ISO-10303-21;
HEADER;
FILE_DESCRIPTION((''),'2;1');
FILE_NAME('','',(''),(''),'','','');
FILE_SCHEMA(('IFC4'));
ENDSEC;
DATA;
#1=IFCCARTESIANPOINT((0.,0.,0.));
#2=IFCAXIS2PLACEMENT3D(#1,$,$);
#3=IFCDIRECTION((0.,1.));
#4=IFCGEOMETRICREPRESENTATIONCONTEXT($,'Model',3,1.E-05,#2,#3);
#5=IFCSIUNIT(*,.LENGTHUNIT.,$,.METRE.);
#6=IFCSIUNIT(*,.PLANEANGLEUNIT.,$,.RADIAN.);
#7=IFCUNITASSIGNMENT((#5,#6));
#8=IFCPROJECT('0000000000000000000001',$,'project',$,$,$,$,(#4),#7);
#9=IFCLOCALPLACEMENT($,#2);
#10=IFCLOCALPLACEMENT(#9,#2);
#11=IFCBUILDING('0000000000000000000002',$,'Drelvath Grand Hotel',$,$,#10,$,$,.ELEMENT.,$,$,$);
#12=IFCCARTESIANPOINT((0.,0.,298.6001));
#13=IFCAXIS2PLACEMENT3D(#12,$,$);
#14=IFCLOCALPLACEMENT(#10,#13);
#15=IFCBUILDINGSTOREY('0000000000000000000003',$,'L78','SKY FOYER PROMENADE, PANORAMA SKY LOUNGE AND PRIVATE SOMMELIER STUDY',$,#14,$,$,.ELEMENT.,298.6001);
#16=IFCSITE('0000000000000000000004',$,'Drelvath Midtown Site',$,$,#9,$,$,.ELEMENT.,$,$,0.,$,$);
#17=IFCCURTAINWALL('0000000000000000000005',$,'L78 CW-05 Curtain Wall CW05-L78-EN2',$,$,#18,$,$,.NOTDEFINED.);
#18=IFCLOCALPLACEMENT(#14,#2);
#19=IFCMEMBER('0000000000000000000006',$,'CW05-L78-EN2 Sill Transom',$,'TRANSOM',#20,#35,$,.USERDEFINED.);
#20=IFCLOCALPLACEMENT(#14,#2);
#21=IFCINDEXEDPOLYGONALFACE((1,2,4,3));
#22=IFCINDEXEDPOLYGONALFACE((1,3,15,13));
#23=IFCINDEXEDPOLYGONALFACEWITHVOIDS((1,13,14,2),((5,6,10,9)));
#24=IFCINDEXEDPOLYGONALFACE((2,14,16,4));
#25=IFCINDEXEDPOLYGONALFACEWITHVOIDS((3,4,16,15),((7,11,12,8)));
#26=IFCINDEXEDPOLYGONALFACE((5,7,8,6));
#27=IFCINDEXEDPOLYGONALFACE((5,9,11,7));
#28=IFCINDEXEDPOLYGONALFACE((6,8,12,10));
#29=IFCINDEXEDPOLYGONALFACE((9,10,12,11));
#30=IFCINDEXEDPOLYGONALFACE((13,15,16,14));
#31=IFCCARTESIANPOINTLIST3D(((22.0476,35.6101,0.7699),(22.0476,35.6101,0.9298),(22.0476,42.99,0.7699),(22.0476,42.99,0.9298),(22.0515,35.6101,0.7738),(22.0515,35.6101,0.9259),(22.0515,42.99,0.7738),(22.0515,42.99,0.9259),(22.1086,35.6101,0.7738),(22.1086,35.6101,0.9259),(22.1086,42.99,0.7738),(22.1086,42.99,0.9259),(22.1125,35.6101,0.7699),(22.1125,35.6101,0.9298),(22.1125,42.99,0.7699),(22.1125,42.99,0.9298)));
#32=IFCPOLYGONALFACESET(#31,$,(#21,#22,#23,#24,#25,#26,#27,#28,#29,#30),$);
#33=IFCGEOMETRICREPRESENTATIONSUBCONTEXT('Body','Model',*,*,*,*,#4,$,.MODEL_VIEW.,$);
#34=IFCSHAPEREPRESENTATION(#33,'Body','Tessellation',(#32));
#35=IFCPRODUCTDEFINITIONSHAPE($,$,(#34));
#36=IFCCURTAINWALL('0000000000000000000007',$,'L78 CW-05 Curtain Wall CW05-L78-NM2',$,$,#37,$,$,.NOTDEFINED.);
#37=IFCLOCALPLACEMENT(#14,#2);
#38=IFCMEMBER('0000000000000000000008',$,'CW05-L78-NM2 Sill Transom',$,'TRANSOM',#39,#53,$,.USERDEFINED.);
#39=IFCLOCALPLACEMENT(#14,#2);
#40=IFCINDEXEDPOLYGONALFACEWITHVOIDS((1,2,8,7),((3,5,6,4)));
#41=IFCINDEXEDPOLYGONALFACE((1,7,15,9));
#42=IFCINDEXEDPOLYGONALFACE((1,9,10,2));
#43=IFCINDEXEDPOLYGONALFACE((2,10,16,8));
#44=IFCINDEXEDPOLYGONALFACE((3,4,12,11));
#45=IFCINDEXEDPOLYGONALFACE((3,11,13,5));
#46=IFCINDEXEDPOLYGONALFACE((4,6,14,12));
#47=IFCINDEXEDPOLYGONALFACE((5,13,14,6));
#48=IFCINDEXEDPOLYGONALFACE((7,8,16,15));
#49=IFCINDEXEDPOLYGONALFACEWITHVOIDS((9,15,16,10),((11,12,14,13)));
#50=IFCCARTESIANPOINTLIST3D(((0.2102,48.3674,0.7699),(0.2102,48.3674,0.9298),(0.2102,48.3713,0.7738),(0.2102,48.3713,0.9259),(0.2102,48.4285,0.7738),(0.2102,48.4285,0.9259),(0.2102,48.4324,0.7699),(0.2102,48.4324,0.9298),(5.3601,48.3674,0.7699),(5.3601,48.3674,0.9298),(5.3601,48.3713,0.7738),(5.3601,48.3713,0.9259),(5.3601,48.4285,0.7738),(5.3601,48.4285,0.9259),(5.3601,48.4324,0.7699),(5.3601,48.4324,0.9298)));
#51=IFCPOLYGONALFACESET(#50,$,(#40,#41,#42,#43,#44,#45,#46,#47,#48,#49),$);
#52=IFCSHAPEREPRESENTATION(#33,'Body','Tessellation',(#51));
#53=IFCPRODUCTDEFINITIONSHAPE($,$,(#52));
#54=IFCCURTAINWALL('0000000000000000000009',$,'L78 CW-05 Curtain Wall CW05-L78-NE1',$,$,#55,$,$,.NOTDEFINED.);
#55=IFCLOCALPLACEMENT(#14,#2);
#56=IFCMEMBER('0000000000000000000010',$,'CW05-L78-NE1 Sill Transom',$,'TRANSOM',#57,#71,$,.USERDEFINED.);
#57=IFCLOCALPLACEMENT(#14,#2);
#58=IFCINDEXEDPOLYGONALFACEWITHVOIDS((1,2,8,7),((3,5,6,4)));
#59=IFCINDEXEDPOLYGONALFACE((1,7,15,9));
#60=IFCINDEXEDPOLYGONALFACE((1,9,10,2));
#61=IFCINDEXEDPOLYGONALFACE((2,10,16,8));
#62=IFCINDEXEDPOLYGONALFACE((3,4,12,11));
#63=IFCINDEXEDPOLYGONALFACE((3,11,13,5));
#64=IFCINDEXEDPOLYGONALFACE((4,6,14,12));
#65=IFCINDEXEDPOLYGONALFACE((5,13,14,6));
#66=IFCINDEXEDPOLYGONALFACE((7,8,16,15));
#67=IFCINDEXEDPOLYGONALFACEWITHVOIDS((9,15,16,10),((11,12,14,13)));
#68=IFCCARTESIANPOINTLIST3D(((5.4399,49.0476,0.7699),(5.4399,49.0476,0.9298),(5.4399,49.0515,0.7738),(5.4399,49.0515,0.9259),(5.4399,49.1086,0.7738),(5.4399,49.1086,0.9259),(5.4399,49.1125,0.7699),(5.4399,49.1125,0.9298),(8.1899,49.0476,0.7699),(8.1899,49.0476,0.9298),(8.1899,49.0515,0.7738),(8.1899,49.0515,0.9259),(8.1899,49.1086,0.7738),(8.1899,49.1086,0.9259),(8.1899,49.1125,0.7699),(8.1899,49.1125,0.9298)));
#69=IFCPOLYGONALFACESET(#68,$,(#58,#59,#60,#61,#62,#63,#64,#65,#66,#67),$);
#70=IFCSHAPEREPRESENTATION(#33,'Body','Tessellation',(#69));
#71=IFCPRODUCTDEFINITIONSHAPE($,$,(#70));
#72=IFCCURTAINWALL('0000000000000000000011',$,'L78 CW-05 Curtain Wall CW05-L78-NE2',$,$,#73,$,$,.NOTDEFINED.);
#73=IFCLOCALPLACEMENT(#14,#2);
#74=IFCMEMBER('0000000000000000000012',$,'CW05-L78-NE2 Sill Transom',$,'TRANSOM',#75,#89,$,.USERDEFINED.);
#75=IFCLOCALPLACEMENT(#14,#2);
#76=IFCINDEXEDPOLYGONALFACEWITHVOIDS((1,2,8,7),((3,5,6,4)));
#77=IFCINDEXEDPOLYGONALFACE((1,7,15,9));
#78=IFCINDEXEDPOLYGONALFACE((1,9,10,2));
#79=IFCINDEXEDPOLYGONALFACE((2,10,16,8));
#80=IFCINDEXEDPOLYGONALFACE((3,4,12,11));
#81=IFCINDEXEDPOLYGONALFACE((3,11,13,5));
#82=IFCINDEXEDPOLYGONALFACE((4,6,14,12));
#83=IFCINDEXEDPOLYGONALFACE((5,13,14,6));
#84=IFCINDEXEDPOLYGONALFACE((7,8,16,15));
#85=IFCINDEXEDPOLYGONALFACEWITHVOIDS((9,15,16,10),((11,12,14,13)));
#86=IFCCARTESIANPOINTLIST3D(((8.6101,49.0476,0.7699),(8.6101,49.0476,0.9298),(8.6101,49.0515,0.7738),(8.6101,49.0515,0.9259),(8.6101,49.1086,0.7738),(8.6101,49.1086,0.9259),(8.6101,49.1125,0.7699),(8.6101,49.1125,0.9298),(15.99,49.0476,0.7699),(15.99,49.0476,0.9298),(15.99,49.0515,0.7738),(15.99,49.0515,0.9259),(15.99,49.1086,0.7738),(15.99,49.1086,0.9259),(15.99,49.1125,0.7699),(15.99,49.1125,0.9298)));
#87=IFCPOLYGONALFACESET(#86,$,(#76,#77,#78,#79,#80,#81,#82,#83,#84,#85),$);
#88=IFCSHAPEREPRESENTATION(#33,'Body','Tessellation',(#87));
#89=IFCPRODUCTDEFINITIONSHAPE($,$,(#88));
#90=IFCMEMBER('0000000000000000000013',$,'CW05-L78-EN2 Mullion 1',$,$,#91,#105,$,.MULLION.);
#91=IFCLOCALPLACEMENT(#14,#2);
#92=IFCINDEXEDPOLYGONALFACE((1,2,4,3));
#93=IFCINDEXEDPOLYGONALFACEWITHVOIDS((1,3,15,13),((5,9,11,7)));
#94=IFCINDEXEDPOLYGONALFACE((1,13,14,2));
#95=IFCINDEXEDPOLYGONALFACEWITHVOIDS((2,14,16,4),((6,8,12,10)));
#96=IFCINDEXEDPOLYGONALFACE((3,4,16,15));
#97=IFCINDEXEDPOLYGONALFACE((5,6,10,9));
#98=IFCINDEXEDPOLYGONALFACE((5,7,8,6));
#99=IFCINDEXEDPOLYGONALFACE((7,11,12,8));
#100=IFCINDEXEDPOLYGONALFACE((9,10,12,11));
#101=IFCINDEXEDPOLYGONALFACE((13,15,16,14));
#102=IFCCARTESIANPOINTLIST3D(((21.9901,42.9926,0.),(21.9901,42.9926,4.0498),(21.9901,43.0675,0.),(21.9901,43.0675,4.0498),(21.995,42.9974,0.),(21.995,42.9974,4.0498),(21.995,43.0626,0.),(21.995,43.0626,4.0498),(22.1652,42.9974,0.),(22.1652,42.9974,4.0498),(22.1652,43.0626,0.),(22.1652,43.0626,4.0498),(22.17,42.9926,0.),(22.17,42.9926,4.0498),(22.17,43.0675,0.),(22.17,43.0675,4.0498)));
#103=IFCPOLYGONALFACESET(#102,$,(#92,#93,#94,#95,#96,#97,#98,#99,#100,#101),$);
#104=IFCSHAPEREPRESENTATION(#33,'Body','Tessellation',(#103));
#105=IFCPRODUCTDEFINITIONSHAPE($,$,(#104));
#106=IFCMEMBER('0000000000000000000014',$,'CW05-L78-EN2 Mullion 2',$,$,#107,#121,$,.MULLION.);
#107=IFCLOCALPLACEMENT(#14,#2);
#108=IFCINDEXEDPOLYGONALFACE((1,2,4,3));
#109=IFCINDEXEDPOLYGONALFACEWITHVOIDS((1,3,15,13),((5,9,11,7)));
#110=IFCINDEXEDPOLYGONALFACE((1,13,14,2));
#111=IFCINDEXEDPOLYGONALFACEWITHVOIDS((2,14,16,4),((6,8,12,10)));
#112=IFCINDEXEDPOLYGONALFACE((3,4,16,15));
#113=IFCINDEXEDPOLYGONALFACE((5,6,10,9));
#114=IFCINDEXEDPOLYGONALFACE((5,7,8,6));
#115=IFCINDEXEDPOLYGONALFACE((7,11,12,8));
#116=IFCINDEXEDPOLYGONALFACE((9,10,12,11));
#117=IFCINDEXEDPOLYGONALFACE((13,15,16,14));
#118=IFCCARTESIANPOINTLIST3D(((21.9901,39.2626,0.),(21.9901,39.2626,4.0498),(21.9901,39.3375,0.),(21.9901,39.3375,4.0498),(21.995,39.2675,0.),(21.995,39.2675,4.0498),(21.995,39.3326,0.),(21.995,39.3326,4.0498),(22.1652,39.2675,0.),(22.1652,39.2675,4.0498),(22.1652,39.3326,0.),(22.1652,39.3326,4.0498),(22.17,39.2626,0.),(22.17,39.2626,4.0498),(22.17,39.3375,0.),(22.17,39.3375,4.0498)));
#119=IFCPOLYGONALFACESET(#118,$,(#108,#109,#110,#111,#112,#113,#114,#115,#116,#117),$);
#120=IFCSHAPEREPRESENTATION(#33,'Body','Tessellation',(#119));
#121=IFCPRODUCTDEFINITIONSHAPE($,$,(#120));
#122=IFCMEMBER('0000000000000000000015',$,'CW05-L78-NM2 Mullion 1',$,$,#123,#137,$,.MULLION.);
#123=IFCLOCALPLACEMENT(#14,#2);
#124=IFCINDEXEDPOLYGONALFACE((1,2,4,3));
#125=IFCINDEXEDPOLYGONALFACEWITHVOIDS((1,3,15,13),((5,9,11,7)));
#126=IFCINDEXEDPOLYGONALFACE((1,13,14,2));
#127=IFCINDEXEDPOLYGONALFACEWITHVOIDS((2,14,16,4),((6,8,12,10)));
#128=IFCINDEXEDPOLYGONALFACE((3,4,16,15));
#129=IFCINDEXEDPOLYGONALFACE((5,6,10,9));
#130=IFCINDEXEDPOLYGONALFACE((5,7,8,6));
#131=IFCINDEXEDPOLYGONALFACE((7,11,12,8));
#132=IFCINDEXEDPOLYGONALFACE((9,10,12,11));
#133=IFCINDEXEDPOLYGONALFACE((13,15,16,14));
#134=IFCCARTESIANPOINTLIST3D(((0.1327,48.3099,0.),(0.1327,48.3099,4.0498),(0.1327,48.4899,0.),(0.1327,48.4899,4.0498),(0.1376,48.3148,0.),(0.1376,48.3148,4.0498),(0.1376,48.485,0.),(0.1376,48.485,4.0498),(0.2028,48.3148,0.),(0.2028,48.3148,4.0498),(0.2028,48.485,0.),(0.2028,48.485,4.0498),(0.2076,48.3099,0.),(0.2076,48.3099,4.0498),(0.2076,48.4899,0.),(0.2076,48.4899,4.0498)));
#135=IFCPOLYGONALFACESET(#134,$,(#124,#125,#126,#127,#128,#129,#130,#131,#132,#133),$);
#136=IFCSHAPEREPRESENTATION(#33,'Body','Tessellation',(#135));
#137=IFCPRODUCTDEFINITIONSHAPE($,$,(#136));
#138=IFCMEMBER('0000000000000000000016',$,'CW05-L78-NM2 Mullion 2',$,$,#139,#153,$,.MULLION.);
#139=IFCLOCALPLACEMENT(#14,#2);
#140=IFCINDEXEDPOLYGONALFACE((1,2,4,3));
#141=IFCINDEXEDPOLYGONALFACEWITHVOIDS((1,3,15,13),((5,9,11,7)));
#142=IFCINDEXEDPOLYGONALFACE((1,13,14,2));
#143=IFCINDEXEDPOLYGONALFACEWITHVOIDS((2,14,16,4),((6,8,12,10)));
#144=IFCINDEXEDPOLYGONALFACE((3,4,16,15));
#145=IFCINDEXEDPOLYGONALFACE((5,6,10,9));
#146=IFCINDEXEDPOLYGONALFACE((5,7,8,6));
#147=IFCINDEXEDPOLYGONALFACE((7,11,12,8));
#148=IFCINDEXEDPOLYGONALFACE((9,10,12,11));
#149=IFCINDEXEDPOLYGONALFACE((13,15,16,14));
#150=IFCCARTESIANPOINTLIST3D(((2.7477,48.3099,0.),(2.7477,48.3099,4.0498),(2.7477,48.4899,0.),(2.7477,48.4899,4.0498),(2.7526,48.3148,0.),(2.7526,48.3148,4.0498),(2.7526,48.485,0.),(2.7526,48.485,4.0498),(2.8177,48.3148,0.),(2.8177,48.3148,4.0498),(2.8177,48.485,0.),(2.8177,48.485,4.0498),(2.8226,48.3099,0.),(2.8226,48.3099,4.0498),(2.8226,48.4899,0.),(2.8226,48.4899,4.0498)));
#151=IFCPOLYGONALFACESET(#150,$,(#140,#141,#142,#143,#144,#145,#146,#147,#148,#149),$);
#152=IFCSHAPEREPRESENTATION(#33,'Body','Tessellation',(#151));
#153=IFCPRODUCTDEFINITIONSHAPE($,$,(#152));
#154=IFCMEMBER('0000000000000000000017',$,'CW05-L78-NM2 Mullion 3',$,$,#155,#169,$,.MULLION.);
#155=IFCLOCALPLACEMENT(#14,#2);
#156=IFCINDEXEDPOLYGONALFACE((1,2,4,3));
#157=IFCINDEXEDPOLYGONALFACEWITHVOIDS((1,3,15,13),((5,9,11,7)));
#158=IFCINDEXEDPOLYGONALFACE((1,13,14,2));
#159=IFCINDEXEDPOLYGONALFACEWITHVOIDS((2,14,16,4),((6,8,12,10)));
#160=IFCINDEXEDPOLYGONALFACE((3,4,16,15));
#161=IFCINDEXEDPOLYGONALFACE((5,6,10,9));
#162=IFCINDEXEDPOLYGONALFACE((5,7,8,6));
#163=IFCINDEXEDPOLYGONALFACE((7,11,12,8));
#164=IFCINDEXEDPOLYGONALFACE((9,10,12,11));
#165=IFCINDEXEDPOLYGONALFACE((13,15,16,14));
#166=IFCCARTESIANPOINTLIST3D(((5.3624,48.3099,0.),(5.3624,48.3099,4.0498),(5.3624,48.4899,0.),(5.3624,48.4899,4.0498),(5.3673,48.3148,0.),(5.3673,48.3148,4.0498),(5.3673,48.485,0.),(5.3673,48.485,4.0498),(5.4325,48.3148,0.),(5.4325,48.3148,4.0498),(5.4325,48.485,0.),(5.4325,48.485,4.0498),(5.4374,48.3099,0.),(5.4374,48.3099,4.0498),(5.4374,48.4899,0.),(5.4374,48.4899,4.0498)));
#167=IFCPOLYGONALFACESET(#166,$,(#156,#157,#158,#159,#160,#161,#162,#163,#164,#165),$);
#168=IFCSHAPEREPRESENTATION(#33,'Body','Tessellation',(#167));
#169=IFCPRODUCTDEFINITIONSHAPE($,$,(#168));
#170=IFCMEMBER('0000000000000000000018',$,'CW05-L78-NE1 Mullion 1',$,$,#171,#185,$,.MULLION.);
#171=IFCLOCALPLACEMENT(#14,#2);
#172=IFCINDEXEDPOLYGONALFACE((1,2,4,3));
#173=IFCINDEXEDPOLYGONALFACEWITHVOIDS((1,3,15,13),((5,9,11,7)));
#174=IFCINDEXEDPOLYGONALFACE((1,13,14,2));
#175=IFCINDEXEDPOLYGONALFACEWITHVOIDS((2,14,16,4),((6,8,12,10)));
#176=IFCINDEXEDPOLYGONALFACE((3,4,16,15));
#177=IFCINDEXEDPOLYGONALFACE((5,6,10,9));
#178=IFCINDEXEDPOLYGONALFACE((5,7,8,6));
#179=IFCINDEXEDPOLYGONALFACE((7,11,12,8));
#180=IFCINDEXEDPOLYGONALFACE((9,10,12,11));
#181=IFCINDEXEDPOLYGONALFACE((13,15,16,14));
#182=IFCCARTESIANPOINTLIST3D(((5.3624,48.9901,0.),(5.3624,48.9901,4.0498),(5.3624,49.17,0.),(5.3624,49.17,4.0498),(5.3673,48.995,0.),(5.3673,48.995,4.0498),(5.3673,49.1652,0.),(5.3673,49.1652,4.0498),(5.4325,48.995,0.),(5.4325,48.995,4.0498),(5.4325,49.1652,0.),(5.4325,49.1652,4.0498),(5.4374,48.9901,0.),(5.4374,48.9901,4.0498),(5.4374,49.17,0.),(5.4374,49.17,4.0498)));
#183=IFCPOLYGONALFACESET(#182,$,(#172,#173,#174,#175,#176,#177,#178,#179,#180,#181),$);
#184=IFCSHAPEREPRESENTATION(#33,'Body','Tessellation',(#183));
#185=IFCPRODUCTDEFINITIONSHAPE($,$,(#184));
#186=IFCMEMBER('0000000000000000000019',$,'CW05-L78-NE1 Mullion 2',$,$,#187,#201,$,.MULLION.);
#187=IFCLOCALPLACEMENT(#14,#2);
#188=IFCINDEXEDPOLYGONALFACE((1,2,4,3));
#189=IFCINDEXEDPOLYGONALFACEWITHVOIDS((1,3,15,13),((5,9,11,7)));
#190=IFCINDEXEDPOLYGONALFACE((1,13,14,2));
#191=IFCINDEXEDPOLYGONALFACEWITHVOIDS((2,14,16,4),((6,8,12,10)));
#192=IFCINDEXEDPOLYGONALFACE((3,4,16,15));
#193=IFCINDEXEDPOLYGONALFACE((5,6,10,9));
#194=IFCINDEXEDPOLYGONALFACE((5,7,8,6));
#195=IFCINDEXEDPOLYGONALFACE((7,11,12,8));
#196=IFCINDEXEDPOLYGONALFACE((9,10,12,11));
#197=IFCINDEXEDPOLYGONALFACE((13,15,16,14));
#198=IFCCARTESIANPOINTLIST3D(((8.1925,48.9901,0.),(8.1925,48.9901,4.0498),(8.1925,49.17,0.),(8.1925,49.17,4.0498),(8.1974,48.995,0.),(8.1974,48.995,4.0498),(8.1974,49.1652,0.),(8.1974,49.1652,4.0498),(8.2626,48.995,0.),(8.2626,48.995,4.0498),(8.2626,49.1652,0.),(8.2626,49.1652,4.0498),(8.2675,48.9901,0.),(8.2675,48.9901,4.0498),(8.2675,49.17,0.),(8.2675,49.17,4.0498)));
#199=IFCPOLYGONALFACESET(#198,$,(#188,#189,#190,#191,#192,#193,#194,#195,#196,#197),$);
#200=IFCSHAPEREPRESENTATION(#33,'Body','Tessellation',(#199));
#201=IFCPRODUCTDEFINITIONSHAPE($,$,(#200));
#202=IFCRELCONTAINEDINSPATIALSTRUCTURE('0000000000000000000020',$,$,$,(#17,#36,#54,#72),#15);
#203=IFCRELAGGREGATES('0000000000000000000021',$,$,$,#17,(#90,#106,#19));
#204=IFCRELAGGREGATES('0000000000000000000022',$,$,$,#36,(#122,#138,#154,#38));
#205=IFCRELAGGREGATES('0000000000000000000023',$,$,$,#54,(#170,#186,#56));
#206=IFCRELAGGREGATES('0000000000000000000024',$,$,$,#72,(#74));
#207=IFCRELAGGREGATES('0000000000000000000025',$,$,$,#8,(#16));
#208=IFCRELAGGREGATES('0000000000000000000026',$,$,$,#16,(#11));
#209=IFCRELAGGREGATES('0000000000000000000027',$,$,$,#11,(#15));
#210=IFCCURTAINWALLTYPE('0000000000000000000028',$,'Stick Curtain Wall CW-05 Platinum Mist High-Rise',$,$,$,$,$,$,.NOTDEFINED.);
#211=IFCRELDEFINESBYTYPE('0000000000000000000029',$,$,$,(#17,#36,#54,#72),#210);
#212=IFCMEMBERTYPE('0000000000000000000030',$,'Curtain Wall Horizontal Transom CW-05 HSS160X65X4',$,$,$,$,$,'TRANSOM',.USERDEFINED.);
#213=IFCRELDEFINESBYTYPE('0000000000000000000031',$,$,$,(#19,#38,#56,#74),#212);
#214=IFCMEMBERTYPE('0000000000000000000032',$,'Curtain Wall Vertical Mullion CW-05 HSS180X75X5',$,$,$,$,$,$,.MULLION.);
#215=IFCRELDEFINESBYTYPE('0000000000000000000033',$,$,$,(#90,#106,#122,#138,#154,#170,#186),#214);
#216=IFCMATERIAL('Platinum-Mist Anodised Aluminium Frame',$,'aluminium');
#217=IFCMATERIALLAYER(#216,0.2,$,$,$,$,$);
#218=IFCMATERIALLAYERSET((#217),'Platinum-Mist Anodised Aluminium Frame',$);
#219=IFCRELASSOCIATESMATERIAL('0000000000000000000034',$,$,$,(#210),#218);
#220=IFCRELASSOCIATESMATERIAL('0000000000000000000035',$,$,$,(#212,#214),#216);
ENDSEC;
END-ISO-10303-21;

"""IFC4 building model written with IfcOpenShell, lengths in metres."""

from ifc_helpers import new_model, si_unit, direction, frame, origin, origin_2d, place, context, subcontext, project, spatial, hollow_rectangle, extrude, material, layer, layer_set, material_profile, profile_set, type_object, element, aggregate, save


model = new_model("IFC4")

# Units and contexts
model_context = context("Model", 3, precision=1e-05, world=origin(), true_north=direction((0.0, 1.0)))
body_context = subcontext(model_context, "Body", "Model", "MODEL_VIEW")
ifc_project = project(units=[si_unit("LENGTHUNIT", "METRE"), si_unit("PLANEANGLEUNIT", "RADIAN")], contexts=[model_context])

# Site, building, storey
site_placement = place(None, origin())
site = spatial("IfcSite", under=ifc_project, at=site_placement, Name="Drelvath Midtown Site", CompositionType="ELEMENT", RefElevation=0.0)
building_placement = place(site_placement, origin())
building = spatial("IfcBuilding", under=site, at=building_placement, Name="Drelvath Grand Hotel", CompositionType="ELEMENT")
storey_placement = place(building_placement, frame((0.0, 0.0, 298.6001)))
storey = spatial("IfcBuildingStorey", under=building, at=storey_placement, Name="L78", Description="SKY FOYER PROMENADE, PANORAMA SKY LOUNGE AND PRIVATE SOMMELIER STUDY", CompositionType="ELEMENT", Elevation=298.6001)

# Curtain walls, members
ifc_material_1 = material(Name="Platinum-Mist Anodised Aluminium Frame", Category="aluminium")
ifc_layer_1 = layer(ifc_material_1, 0.2)
ifc_layer_set_1 = layer_set([ifc_layer_1], Name="Platinum-Mist Anodised Aluminium Frame")
curtain_wall_type = type_object("IfcCurtainWallType", Name="Stick Curtain Wall CW-05 Platinum Mist High-Rise", PredefinedType="NOTDEFINED", material=ifc_layer_set_1)
curtain_wall_1_placement = place(storey_placement, origin())
curtain_wall_1 = element("IfcCurtainWall", 1, at=curtain_wall_1_placement, inside=storey, type_object=curtain_wall_type, Name="L78 CW-05 Curtain Wall CW05-L78-EN2", PredefinedType="NOTDEFINED")
ifc_material_profile_1 = material_profile(ifc_material_1, hollow_rectangle(XDim=0.0649, YDim=0.1599, WallThickness=0.0039, at=origin_2d()), Name="HSS160X65X4")
ifc_profile_set_1 = profile_set([ifc_material_profile_1], Name="Platinum-Mist Anodised Aluminium Frame")
member_type_1 = type_object("IfcMemberType", Name="Curtain Wall Horizontal Transom CW-05 HSS160X65X4", ElementType="TRANSOM", PredefinedType="USERDEFINED", material=ifc_profile_set_1)
member_1_placement = place(storey_placement, frame((22.0801, 42.99, 0.8499), z_axis=(0.0, -1.0, 0.0), x_axis=(1.0, 0.0, 0.0)))
member_1 = element("IfcMember", 2, at=member_1_placement, type_object=member_type_1, Name="CW05-L78-EN2 Sill Transom", ObjectType="TRANSOM", PredefinedType="USERDEFINED", context=body_context, shape_type="SweptSolid", body=[
    extrude(hollow_rectangle(XDim=0.0649, YDim=0.1599, WallThickness=0.0039, at=origin_2d()), origin(), (0.0, 0.0, 1.0), 7.3799),
])
curtain_wall_2_placement = place(storey_placement, origin())
curtain_wall_2 = element("IfcCurtainWall", 3, at=curtain_wall_2_placement, inside=storey, type_object=curtain_wall_type, Name="L78 CW-05 Curtain Wall CW05-L78-NM2", PredefinedType="NOTDEFINED")
member_2_placement = place(storey_placement, frame((0.2102, 48.3999, 0.8499), z_axis=(1.0, 0.0, 0.0), x_axis=(0.0, 1.0, 0.0)))
member_2 = element("IfcMember", 4, at=member_2_placement, type_object=member_type_1, Name="CW05-L78-NM2 Sill Transom", ObjectType="TRANSOM", PredefinedType="USERDEFINED", context=body_context, shape_type="SweptSolid", body=[
    extrude(hollow_rectangle(XDim=0.0649, YDim=0.1599, WallThickness=0.0039, at=origin_2d()), origin(), (0.0, 0.0, 1.0), 5.1499),
])
curtain_wall_3_placement = place(storey_placement, origin())
curtain_wall_3 = element("IfcCurtainWall", 5, at=curtain_wall_3_placement, inside=storey, type_object=curtain_wall_type, Name="L78 CW-05 Curtain Wall CW05-L78-NE1", PredefinedType="NOTDEFINED")
member_3_placement = place(storey_placement, frame((5.4399, 49.0801, 0.8499), z_axis=(1.0, 0.0, 0.0), x_axis=(0.0, 1.0, 0.0)))
member_3 = element("IfcMember", 6, at=member_3_placement, type_object=member_type_1, Name="CW05-L78-NE1 Sill Transom", ObjectType="TRANSOM", PredefinedType="USERDEFINED", context=body_context, shape_type="SweptSolid", body=[
    extrude(hollow_rectangle(XDim=0.0649, YDim=0.1599, WallThickness=0.0039, at=origin_2d()), origin(), (0.0, 0.0, 1.0), 2.75),
])
curtain_wall_4_placement = place(storey_placement, origin())
curtain_wall_4 = element("IfcCurtainWall", 7, at=curtain_wall_4_placement, inside=storey, type_object=curtain_wall_type, Name="L78 CW-05 Curtain Wall CW05-L78-NE2", PredefinedType="NOTDEFINED")
member_4_placement = place(storey_placement, frame((8.6101, 49.0801, 0.8499), z_axis=(1.0, 0.0, 0.0), x_axis=(0.0, 1.0, 0.0)))
member_4 = element("IfcMember", 8, at=member_4_placement, type_object=member_type_1, Name="CW05-L78-NE2 Sill Transom", ObjectType="TRANSOM", PredefinedType="USERDEFINED", context=body_context, shape_type="SweptSolid", body=[
    extrude(hollow_rectangle(XDim=0.0649, YDim=0.1599, WallThickness=0.0039, at=origin_2d()), origin(), (0.0, 0.0, 1.0), 7.3799),
])

# Members
ifc_material_profile_2 = material_profile(ifc_material_1, hollow_rectangle(XDim=0.075, YDim=0.1799, WallThickness=0.0049, at=origin_2d()), Name="HSS180X75X5")
ifc_profile_set_2 = profile_set([ifc_material_profile_2], Name="Platinum-Mist Anodised Aluminium Frame")
member_type_2 = type_object("IfcMemberType", Name="Curtain Wall Vertical Mullion CW-05 HSS180X75X5", PredefinedType="MULLION", material=ifc_profile_set_2)
member_5_placement = place(storey_placement, frame((22.0801, 43.03, 0.0), z_axis=(0.0, 0.0, 1.0), x_axis=(0.0, 1.0, 0.0)))
member_5 = element("IfcMember", 9, at=member_5_placement, type_object=member_type_2, Name="CW05-L78-EN2 Mullion 1", PredefinedType="MULLION", context=body_context, shape_type="SweptSolid", body=[
    extrude(hollow_rectangle(XDim=0.075, YDim=0.1799, WallThickness=0.0049, at=origin_2d()), origin(), (0.0, 0.0, 1.0), 4.0498),
])
member_6_placement = place(storey_placement, frame((22.0801, 39.3, 0.0), z_axis=(0.0, 0.0, 1.0), x_axis=(0.0, 1.0, 0.0)))
member_6 = element("IfcMember", 10, at=member_6_placement, type_object=member_type_2, Name="CW05-L78-EN2 Mullion 2", PredefinedType="MULLION", context=body_context, shape_type="SweptSolid", body=[
    extrude(hollow_rectangle(XDim=0.075, YDim=0.1799, WallThickness=0.0049, at=origin_2d()), origin(), (0.0, 0.0, 1.0), 4.0498),
])
member_7_placement = place(storey_placement, frame((0.1702, 48.3999, 0.0), z_axis=(0.0, 0.0, 1.0), x_axis=(1.0, 0.0, 0.0)))
member_7 = element("IfcMember", 11, at=member_7_placement, type_object=member_type_2, Name="CW05-L78-NM2 Mullion 1", PredefinedType="MULLION", context=body_context, shape_type="SweptSolid", body=[
    extrude(hollow_rectangle(XDim=0.075, YDim=0.1799, WallThickness=0.0049, at=origin_2d()), origin(), (0.0, 0.0, 1.0), 4.0498),
])
member_8_placement = place(storey_placement, frame((2.7852, 48.3999, 0.0), z_axis=(0.0, 0.0, 1.0), x_axis=(1.0, 0.0, 0.0)))
member_8 = element("IfcMember", 12, at=member_8_placement, type_object=member_type_2, Name="CW05-L78-NM2 Mullion 2", PredefinedType="MULLION", context=body_context, shape_type="SweptSolid", body=[
    extrude(hollow_rectangle(XDim=0.075, YDim=0.1799, WallThickness=0.0049, at=origin_2d()), origin(), (0.0, 0.0, 1.0), 4.0498),
])
member_9_placement = place(storey_placement, frame((5.3999, 48.3999, 0.0), z_axis=(0.0, 0.0, 1.0), x_axis=(1.0, 0.0, 0.0)))
member_9 = element("IfcMember", 13, at=member_9_placement, type_object=member_type_2, Name="CW05-L78-NM2 Mullion 3", PredefinedType="MULLION", context=body_context, shape_type="SweptSolid", body=[
    extrude(hollow_rectangle(XDim=0.075, YDim=0.1799, WallThickness=0.0049, at=origin_2d()), origin(), (0.0, 0.0, 1.0), 4.0498),
])
member_10_placement = place(storey_placement, frame((5.3999, 49.0801, 0.0), z_axis=(0.0, 0.0, 1.0), x_axis=(1.0, 0.0, 0.0)))
member_10 = element("IfcMember", 14, at=member_10_placement, type_object=member_type_2, Name="CW05-L78-NE1 Mullion 1", PredefinedType="MULLION", context=body_context, shape_type="SweptSolid", body=[
    extrude(hollow_rectangle(XDim=0.075, YDim=0.1799, WallThickness=0.0049, at=origin_2d()), origin(), (0.0, 0.0, 1.0), 4.0498),
])
member_11_placement = place(storey_placement, frame((8.23, 49.0801, 0.0), z_axis=(0.0, 0.0, 1.0), x_axis=(1.0, 0.0, 0.0)))
member_11 = element("IfcMember", 15, at=member_11_placement, type_object=member_type_2, Name="CW05-L78-NE1 Mullion 2", PredefinedType="MULLION", context=body_context, shape_type="SweptSolid", body=[
    extrude(hollow_rectangle(XDim=0.075, YDim=0.1799, WallThickness=0.0049, at=origin_2d()), origin(), (0.0, 0.0, 1.0), 4.0498),
])

aggregate(curtain_wall_1, [member_5, member_6, member_1])
aggregate(curtain_wall_2, [member_7, member_8, member_9, member_2])
aggregate(curtain_wall_3, [member_10, member_11, member_3])
aggregate(curtain_wall_4, [member_4])

save(model, "model.ifc")
